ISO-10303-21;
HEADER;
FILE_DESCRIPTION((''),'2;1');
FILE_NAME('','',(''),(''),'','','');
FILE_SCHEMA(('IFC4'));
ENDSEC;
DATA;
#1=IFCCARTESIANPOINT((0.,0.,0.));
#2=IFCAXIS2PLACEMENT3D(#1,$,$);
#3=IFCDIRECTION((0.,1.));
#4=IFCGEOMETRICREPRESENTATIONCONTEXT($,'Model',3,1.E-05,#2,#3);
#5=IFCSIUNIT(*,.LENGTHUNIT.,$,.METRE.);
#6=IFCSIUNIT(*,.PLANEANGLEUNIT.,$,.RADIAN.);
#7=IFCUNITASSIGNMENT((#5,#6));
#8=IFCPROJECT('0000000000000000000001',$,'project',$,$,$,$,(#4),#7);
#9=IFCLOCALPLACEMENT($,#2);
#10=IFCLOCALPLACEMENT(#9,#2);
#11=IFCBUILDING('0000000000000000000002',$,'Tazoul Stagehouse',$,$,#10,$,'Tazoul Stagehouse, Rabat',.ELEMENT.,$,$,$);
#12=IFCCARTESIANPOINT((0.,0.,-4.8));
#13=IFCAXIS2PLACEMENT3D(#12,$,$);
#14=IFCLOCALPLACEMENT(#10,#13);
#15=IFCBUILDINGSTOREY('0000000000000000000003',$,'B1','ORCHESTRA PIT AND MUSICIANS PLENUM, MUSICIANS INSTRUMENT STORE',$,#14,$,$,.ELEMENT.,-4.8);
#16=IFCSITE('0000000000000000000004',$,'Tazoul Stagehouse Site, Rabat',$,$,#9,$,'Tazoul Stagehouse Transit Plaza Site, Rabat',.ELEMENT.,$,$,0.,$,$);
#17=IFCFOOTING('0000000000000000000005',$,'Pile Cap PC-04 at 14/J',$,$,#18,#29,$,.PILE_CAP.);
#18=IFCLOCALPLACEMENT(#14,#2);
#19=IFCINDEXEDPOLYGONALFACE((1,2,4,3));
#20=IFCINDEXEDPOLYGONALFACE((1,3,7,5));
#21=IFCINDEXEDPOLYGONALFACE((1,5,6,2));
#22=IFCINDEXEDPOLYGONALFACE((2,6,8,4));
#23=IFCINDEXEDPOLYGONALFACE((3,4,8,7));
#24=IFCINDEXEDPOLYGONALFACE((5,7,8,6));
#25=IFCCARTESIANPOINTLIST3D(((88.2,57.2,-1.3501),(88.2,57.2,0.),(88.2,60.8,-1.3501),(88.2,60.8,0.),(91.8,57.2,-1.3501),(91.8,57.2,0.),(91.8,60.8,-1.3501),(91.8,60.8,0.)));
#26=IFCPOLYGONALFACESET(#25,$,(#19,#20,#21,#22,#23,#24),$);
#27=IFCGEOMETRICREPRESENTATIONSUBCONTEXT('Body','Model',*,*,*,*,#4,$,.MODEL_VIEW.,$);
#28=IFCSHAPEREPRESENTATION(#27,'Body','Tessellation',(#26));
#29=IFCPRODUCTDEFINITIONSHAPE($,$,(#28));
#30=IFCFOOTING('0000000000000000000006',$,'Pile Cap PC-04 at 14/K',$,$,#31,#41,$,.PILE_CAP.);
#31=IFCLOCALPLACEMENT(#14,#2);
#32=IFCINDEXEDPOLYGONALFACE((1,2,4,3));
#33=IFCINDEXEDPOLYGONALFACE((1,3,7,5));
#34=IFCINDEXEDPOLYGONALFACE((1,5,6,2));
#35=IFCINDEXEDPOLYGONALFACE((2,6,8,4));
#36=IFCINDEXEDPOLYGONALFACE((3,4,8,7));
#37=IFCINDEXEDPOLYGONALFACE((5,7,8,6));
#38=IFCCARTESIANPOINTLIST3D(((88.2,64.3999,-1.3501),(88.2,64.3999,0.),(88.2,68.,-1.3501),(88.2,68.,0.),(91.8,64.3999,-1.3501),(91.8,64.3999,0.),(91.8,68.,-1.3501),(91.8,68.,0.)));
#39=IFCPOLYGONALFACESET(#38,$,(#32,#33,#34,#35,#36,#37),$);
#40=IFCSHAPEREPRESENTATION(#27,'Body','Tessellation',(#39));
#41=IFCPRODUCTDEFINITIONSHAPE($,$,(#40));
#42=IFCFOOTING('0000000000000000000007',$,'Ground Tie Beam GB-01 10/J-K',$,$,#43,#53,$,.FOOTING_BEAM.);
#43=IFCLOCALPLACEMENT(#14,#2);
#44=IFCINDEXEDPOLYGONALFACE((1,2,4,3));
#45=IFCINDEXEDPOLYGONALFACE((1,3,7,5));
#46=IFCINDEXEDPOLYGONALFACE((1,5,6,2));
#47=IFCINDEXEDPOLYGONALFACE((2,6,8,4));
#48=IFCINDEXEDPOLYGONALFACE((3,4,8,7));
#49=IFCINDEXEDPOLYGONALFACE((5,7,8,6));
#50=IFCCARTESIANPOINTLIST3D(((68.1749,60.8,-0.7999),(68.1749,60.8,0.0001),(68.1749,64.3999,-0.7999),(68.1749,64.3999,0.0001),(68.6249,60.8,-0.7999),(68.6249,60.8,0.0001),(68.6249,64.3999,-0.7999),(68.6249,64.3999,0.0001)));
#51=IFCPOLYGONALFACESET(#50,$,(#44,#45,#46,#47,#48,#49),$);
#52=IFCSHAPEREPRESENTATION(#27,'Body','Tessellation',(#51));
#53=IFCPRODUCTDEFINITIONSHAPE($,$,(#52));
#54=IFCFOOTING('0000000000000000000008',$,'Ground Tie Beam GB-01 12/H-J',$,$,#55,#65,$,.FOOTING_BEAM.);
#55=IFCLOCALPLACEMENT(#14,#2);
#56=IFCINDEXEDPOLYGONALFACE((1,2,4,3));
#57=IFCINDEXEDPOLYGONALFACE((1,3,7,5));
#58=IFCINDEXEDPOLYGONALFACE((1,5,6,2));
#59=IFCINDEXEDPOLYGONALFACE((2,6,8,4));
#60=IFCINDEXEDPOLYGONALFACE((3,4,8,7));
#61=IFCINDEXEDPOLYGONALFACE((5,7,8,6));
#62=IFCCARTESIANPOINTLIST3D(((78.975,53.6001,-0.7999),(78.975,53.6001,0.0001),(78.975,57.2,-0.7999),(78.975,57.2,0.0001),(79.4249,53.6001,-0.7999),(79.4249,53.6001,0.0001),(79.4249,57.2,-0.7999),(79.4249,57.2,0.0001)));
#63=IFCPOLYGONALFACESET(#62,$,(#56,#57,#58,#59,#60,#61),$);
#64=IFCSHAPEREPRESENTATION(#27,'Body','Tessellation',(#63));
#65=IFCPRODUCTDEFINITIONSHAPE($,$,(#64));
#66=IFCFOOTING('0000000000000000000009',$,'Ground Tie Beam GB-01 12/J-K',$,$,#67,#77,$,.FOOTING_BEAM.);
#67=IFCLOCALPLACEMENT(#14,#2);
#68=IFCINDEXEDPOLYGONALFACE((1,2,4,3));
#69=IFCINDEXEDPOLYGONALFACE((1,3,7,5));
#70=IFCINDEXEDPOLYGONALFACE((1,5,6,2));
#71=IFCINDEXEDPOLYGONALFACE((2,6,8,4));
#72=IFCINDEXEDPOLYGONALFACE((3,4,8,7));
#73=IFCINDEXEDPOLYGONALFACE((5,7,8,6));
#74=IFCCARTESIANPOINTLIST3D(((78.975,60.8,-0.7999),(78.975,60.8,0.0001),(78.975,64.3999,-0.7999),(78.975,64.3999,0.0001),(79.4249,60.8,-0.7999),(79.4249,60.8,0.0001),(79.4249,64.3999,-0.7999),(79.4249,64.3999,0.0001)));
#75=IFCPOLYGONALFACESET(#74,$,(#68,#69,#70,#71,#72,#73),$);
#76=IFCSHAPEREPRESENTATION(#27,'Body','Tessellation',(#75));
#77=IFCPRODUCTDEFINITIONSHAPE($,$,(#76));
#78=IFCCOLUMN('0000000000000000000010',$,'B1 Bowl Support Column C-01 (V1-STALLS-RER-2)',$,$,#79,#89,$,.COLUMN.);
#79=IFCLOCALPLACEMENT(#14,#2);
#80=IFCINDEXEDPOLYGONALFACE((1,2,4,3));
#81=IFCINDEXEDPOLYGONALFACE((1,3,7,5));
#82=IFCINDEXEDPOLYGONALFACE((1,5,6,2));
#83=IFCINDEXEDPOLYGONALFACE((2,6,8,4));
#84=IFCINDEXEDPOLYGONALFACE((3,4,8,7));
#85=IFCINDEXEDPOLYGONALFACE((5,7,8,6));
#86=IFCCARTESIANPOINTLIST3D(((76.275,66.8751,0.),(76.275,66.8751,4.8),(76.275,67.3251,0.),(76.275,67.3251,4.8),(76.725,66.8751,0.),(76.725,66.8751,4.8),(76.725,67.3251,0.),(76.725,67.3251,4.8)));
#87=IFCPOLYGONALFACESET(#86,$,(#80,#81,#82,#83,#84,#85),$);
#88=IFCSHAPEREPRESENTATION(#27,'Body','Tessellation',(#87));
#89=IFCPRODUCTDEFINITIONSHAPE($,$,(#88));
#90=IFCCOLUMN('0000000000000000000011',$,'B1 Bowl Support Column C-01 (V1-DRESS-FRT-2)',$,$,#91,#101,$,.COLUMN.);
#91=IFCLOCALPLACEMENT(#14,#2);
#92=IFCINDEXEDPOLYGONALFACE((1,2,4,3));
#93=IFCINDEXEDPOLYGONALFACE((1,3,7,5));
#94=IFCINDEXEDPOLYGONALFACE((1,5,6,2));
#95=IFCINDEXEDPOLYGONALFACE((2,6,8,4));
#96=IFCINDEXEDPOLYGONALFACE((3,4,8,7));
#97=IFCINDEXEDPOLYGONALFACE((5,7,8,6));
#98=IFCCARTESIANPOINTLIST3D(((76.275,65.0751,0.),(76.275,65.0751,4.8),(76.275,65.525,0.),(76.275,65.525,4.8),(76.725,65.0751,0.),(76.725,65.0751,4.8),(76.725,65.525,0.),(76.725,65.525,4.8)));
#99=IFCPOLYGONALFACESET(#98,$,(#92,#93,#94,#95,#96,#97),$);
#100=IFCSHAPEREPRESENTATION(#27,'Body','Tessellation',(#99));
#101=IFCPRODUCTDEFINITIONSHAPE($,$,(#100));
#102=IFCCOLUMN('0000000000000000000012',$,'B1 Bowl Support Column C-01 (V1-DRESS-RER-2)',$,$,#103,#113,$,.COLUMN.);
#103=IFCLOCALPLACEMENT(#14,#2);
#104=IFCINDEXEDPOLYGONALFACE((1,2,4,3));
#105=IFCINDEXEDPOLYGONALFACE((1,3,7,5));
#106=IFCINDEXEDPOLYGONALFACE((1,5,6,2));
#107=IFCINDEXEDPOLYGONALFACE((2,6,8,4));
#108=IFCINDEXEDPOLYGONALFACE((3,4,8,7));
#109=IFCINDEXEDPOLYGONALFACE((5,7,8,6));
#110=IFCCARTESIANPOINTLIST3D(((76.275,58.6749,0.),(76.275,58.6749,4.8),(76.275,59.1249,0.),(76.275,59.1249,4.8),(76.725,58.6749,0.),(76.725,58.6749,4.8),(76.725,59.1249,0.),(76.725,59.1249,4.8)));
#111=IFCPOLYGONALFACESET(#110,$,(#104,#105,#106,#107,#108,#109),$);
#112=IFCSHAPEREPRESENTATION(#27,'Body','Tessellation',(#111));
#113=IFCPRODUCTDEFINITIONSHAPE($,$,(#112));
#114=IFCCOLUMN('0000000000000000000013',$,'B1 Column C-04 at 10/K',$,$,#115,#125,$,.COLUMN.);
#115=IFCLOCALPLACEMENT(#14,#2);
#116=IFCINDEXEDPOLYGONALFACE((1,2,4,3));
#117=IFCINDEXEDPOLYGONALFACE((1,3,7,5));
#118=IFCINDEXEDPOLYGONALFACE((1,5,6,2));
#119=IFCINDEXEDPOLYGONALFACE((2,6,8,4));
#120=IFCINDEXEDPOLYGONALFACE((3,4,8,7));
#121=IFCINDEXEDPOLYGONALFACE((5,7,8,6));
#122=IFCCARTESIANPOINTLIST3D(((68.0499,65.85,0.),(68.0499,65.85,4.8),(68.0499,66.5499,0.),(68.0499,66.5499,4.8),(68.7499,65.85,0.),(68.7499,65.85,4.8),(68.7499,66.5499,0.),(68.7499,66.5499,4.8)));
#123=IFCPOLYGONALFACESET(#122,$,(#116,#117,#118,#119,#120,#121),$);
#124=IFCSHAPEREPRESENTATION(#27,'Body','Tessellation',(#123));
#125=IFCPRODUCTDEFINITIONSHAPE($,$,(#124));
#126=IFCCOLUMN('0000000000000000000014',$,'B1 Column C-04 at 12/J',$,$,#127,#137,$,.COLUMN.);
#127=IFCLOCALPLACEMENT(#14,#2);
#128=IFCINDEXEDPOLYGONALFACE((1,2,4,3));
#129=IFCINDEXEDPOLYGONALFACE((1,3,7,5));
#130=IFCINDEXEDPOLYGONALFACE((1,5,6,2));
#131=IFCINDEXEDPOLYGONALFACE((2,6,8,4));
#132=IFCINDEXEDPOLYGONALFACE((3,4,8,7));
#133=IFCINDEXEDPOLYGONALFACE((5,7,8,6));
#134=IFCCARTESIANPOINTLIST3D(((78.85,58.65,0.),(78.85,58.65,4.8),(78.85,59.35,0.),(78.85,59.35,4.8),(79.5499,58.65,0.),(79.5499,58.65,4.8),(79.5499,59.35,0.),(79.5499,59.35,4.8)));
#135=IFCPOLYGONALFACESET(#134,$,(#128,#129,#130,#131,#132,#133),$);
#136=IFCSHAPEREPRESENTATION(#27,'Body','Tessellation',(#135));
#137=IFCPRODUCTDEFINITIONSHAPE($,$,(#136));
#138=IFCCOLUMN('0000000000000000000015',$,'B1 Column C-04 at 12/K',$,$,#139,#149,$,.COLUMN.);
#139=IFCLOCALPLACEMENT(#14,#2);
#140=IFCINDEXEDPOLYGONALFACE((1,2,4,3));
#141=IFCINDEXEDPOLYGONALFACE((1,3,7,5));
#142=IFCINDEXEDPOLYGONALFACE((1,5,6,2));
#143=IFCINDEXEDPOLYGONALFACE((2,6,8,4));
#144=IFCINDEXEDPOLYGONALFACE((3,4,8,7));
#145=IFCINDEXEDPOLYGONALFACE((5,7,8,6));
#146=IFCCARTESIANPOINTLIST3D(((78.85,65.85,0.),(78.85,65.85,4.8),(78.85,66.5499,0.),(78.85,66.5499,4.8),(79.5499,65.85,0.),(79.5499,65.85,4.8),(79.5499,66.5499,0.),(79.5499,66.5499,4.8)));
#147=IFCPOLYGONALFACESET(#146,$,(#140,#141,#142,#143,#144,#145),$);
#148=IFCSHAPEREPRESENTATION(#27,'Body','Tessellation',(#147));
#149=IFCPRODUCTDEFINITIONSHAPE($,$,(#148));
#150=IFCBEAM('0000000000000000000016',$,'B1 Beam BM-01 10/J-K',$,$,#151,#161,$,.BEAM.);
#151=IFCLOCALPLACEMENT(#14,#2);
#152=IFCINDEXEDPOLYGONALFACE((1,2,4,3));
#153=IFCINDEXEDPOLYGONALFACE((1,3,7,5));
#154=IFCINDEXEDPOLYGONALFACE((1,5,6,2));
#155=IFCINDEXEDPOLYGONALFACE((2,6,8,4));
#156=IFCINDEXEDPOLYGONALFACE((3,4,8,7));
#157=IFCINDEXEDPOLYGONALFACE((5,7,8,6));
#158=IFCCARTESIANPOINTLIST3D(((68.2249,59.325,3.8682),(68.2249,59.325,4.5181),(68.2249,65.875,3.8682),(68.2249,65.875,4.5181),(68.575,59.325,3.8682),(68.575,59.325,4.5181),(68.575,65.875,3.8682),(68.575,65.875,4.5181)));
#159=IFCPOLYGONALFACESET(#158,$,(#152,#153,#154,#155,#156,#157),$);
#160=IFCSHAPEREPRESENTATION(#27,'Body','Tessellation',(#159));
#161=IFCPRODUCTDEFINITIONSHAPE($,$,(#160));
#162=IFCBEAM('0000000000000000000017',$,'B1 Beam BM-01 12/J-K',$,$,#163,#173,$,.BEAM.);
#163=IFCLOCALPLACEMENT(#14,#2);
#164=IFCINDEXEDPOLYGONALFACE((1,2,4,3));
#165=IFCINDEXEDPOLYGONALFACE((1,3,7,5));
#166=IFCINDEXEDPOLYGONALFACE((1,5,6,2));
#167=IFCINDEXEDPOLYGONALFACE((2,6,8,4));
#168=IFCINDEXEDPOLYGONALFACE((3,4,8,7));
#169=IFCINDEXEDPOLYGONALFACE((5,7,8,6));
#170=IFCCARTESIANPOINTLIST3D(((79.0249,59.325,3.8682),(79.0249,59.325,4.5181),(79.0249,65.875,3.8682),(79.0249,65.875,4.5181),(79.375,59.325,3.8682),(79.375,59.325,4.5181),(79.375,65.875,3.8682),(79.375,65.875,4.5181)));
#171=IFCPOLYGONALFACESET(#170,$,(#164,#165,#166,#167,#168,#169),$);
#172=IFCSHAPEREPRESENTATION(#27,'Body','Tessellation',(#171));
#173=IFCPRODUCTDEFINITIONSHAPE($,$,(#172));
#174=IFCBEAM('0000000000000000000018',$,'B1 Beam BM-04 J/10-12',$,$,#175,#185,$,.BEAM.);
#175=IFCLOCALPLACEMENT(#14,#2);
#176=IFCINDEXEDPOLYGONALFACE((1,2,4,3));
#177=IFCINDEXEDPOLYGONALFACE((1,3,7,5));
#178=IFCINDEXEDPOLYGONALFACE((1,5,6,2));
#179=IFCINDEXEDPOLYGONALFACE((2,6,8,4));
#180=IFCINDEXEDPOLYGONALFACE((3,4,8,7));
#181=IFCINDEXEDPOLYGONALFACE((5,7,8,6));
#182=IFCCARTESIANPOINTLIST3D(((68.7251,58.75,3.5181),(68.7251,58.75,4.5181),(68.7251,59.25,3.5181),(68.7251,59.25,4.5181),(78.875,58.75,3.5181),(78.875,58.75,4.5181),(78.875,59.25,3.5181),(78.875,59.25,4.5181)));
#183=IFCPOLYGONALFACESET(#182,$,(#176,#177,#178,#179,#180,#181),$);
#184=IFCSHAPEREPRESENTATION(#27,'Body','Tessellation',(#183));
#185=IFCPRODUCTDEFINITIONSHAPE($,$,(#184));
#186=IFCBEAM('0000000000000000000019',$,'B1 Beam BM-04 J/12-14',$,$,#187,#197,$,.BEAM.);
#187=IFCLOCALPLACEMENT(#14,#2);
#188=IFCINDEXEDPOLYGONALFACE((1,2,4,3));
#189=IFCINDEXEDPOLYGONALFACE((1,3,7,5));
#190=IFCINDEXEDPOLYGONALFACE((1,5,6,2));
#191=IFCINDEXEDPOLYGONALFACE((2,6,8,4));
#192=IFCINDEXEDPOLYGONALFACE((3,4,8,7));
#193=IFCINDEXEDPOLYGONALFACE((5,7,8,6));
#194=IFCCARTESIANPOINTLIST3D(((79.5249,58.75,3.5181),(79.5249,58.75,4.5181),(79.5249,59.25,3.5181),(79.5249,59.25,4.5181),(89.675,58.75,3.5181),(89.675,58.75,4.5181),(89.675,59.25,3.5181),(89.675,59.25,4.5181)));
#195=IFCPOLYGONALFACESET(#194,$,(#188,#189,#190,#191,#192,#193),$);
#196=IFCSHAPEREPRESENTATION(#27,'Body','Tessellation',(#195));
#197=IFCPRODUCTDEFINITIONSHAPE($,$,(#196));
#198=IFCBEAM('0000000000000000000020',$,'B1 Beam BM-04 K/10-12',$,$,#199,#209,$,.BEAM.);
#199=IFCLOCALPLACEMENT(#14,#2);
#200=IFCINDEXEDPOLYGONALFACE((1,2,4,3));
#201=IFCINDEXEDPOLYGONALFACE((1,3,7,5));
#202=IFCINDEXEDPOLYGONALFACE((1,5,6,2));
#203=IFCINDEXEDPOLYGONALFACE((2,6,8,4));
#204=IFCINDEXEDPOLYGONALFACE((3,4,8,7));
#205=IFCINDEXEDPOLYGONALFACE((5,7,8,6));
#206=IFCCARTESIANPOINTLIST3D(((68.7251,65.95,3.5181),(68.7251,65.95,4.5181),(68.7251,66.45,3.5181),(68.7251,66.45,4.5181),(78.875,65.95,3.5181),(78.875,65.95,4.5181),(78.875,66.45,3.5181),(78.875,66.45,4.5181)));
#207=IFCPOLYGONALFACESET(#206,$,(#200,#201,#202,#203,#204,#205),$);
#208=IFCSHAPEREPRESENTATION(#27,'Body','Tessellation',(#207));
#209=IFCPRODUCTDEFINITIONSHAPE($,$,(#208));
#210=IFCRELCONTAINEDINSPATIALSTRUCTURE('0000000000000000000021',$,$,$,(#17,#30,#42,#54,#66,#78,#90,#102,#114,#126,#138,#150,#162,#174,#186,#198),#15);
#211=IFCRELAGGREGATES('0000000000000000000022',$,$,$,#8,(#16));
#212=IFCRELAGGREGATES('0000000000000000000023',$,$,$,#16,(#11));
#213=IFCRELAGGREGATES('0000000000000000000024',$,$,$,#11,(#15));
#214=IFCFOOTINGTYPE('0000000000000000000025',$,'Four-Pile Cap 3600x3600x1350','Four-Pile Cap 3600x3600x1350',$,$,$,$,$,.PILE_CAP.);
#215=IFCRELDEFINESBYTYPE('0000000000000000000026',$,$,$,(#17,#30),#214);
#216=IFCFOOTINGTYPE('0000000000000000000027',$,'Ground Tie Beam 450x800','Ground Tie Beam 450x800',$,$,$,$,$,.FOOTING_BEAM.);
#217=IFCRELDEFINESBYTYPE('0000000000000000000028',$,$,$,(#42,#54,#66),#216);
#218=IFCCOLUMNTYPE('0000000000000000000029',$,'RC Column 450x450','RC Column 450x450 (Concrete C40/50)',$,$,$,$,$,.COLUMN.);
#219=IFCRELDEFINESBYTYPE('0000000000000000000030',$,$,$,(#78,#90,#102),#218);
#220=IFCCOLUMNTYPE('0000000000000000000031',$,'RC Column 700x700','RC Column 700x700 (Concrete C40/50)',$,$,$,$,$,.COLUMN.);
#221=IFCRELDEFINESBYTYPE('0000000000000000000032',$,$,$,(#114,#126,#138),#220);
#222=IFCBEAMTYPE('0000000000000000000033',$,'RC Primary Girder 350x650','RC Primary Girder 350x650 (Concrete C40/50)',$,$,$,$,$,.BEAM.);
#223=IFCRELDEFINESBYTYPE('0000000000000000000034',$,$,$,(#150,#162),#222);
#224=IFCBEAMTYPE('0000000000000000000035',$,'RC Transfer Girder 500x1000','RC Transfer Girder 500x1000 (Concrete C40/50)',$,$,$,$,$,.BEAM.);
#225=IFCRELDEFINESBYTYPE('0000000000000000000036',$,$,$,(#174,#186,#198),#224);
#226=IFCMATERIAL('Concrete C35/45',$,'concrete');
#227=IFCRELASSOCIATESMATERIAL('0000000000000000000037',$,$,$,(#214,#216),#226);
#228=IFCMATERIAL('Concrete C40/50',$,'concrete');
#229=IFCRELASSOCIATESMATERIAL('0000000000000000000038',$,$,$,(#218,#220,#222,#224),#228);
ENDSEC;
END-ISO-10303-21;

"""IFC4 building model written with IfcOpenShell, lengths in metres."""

from ifc_helpers import new_model, si_unit, direction, frame, origin, origin_2d, place, context, subcontext, project, spatial, rectangle, extrude, material, material_profile, profile_set, type_object, element, save


model = new_model("IFC4")

# Units and contexts
model_context = context("Model", 3, precision=1e-05, world=origin(), true_north=direction((0.0, 1.0)))
body_context = subcontext(model_context, "Body", "Model", "MODEL_VIEW")
ifc_project = project(units=[si_unit("LENGTHUNIT", "METRE"), si_unit("PLANEANGLEUNIT", "RADIAN")], contexts=[model_context])

# Site, building, storey
site_placement = place(None, origin())
site = spatial("IfcSite", under=ifc_project, at=site_placement, Name="Tazoul Stagehouse Site, Rabat", LongName="Tazoul Stagehouse Transit Plaza Site, Rabat", CompositionType="ELEMENT", RefElevation=0.0)
building_placement = place(site_placement, origin())
building = spatial("IfcBuilding", under=site, at=building_placement, Name="Tazoul Stagehouse", LongName="Tazoul Stagehouse, Rabat", CompositionType="ELEMENT")
storey_placement = place(building_placement, frame((0.0, 0.0, -4.8)))
storey = spatial("IfcBuildingStorey", under=building, at=storey_placement, Name="B1", Description="ORCHESTRA PIT AND MUSICIANS PLENUM, MUSICIANS INSTRUMENT STORE", CompositionType="ELEMENT", Elevation=-4.8)

# Shared definitions
ifc_material_1 = material(Name="Concrete C35/45", Category="concrete")

# Footings
footing_type_1 = type_object("IfcFootingType", Name="Four-Pile Cap 3600x3600x1350", Description="Four-Pile Cap 3600x3600x1350", PredefinedType="PILE_CAP", material=ifc_material_1)
for number, where, z_axis, x_axis, name in (
    (1, (90.0, 59.0, -1.3501), (0.0, 0.0, 1.0), (1.0, 0.0, 0.0), "Pile Cap PC-04 at 14/J"),
    (2, (90.0, 66.2, -1.3501), (0.0, 0.0, 1.0), (1.0, 0.0, 0.0), "Pile Cap PC-04 at 14/K"),
):
    element("IfcFooting", number, at=place(storey_placement, frame(where, z_axis=z_axis, x_axis=x_axis)), inside=storey, type_object=footing_type_1, Name=name, PredefinedType="PILE_CAP", context=body_context, shape_type="SweptSolid", body=[
        extrude(rectangle(XDim=3.6001, YDim=3.6001, at=origin_2d()), origin(), (0.0, 0.0, 1.0), 1.3501),
    ])
ifc_material_profile_1 = material_profile(ifc_material_1, rectangle(XDim=0.45, YDim=0.8, at=origin_2d()), Name="RC 450x800")
ifc_profile_set_1 = profile_set([ifc_material_profile_1], Name="Concrete C35/45")
footing_type_2 = type_object("IfcFootingType", Name="Ground Tie Beam 450x800", Description="Ground Tie Beam 450x800", PredefinedType="FOOTING_BEAM", material=ifc_profile_set_1)
for number, where, z_axis, x_axis, name in (
    (3, (68.3999, 60.8, -0.3999), (0.0, 1.0, 0.0), (-1.0, 0.0, 0.0), "Ground Tie Beam GB-01 10/J-K"),
    (4, (79.2, 53.6001, -0.3999), (0.0, 1.0, 0.0), (-1.0, 0.0, 0.0), "Ground Tie Beam GB-01 12/H-J"),
    (5, (79.2, 60.8, -0.3999), (0.0, 1.0, 0.0), (-1.0, 0.0, 0.0), "Ground Tie Beam GB-01 12/J-K"),
):
    element("IfcFooting", number, at=place(storey_placement, frame(where, z_axis=z_axis, x_axis=x_axis)), inside=storey, type_object=footing_type_2, Name=name, PredefinedType="FOOTING_BEAM", context=body_context, shape_type="SweptSolid", body=[
        extrude(rectangle(XDim=0.45, YDim=0.8, at=origin_2d()), origin(), (0.0, 0.0, 1.0), 3.5999),
    ])

# Columns
ifc_material_2 = material(Name="Concrete C40/50", Category="concrete")
ifc_material_profile_2 = material_profile(ifc_material_2, rectangle(XDim=0.45, YDim=0.45, at=origin_2d()), Name="RC 450x450")
ifc_profile_set_2 = profile_set([ifc_material_profile_2], Name="Concrete C40/50")
column_type_1 = type_object("IfcColumnType", Name="RC Column 450x450", Description="RC Column 450x450 (Concrete C40/50)", PredefinedType="COLUMN", material=ifc_profile_set_2)
for number, where, z_axis, x_axis, name in (
    (6, (76.5, 67.1001, 0.0), (0.0, 0.0, 1.0), (1.0, 0.0, 0.0), "B1 Bowl Support Column C-01 (V1-STALLS-RER-2)"),
    (7, (76.5, 65.3, 0.0), (0.0, 0.0, 1.0), (1.0, 0.0, 0.0), "B1 Bowl Support Column C-01 (V1-DRESS-FRT-2)"),
    (8, (76.5, 58.8999, 0.0), (0.0, 0.0, 1.0), (1.0, 0.0, 0.0), "B1 Bowl Support Column C-01 (V1-DRESS-RER-2)"),
):
    element("IfcColumn", number, at=place(storey_placement, frame(where, z_axis=z_axis, x_axis=x_axis)), inside=storey, type_object=column_type_1, Name=name, PredefinedType="COLUMN", context=body_context, shape_type="SweptSolid", body=[
        extrude(rectangle(XDim=0.45, YDim=0.45, at=origin_2d()), origin(), (0.0, 0.0, 1.0), 4.8),
    ])
ifc_material_profile_3 = material_profile(ifc_material_2, rectangle(XDim=0.7, YDim=0.7, at=origin_2d()), Name="RC 700x700")
ifc_profile_set_3 = profile_set([ifc_material_profile_3], Name="Concrete C40/50")
column_type_2 = type_object("IfcColumnType", Name="RC Column 700x700", Description="RC Column 700x700 (Concrete C40/50)", PredefinedType="COLUMN", material=ifc_profile_set_3)
for number, where, z_axis, x_axis, name in (
    (9, (68.3999, 66.2, 0.0), (0.0, 0.0, 1.0), (1.0, 0.0, 0.0), "B1 Column C-04 at 10/K"),
    (10, (79.2, 59.0, 0.0), (0.0, 0.0, 1.0), (1.0, 0.0, 0.0), "B1 Column C-04 at 12/J"),
    (11, (79.2, 66.2, 0.0), (0.0, 0.0, 1.0), (1.0, 0.0, 0.0), "B1 Column C-04 at 12/K"),
):
    element("IfcColumn", number, at=place(storey_placement, frame(where, z_axis=z_axis, x_axis=x_axis)), inside=storey, type_object=column_type_2, Name=name, PredefinedType="COLUMN", context=body_context, shape_type="SweptSolid", body=[
        extrude(rectangle(XDim=0.7, YDim=0.7, at=origin_2d()), origin(), (0.0, 0.0, 1.0), 4.8),
    ])

# Beams
ifc_material_profile_4 = material_profile(ifc_material_2, rectangle(XDim=0.3501, YDim=0.6499, at=origin_2d()), Name="RC 350x650")
ifc_profile_set_4 = profile_set([ifc_material_profile_4], Name="Concrete C40/50")
beam_type_1 = type_object("IfcBeamType", Name="RC Primary Girder 350x650", Description="RC Primary Girder 350x650 (Concrete C40/50)", PredefinedType="BEAM", material=ifc_profile_set_4)
for number, where, z_axis, x_axis, name in (
    (12, (68.3999, 59.325, 4.1931), (0.0, 1.0, 0.0), (-1.0, 0.0, 0.0), "B1 Beam BM-01 10/J-K"),
    (13, (79.2, 59.325, 4.1931), (0.0, 1.0, 0.0), (-1.0, 0.0, 0.0), "B1 Beam BM-01 12/J-K"),
):
    element("IfcBeam", number, at=place(storey_placement, frame(where, z_axis=z_axis, x_axis=x_axis)), inside=storey, type_object=beam_type_1, Name=name, PredefinedType="BEAM", context=body_context, shape_type="SweptSolid", body=[
        extrude(rectangle(XDim=0.3501, YDim=0.6499, at=origin_2d()), origin(), (0.0, 0.0, 1.0), 6.55),
    ])
ifc_material_profile_5 = material_profile(ifc_material_2, rectangle(XDim=0.5, YDim=1.0, at=origin_2d()), Name="RC 500x1000")
ifc_profile_set_5 = profile_set([ifc_material_profile_5], Name="Concrete C40/50")
beam_type_2 = type_object("IfcBeamType", Name="RC Transfer Girder 500x1000", Description="RC Transfer Girder 500x1000 (Concrete C40/50)", PredefinedType="BEAM", material=ifc_profile_set_5)
beam_1_placement = place(storey_placement, frame((68.7251, 59.0, 4.0181), z_axis=(1.0, 0.0, 0.0), x_axis=(0.0, 1.0, 0.0)))
element("IfcBeam", 14, at=beam_1_placement, inside=storey, type_object=beam_type_2, Name="B1 Beam BM-04 J/10-12", PredefinedType="BEAM", context=body_context, shape_type="SweptSolid", body=[
    extrude(rectangle(XDim=0.5, YDim=1.0, at=origin_2d()), origin(), (0.0, 0.0, 1.0), 10.1499),
])
beam_2_placement = place(storey_placement, frame((79.5249, 59.0, 4.0181), z_axis=(1.0, 0.0, 0.0), x_axis=(0.0, 1.0, 0.0)))
element("IfcBeam", 15, at=beam_2_placement, inside=storey, type_object=beam_type_2, Name="B1 Beam BM-04 J/12-14", PredefinedType="BEAM", context=body_context, shape_type="SweptSolid", body=[
    extrude(rectangle(XDim=0.5, YDim=1.0, at=origin_2d()), origin(), (0.0, 0.0, 1.0), 10.1501),
])
beam_3_placement = place(storey_placement, frame((68.7251, 66.2, 4.0181), z_axis=(1.0, 0.0, 0.0), x_axis=(0.0, 1.0, 0.0)))
element("IfcBeam", 16, at=beam_3_placement, inside=storey, type_object=beam_type_2, Name="B1 Beam BM-04 K/10-12", PredefinedType="BEAM", context=body_context, shape_type="SweptSolid", body=[
    extrude(rectangle(XDim=0.5, YDim=1.0, at=origin_2d()), origin(), (0.0, 0.0, 1.0), 10.1499),
])

save(model, "model.ifc")
